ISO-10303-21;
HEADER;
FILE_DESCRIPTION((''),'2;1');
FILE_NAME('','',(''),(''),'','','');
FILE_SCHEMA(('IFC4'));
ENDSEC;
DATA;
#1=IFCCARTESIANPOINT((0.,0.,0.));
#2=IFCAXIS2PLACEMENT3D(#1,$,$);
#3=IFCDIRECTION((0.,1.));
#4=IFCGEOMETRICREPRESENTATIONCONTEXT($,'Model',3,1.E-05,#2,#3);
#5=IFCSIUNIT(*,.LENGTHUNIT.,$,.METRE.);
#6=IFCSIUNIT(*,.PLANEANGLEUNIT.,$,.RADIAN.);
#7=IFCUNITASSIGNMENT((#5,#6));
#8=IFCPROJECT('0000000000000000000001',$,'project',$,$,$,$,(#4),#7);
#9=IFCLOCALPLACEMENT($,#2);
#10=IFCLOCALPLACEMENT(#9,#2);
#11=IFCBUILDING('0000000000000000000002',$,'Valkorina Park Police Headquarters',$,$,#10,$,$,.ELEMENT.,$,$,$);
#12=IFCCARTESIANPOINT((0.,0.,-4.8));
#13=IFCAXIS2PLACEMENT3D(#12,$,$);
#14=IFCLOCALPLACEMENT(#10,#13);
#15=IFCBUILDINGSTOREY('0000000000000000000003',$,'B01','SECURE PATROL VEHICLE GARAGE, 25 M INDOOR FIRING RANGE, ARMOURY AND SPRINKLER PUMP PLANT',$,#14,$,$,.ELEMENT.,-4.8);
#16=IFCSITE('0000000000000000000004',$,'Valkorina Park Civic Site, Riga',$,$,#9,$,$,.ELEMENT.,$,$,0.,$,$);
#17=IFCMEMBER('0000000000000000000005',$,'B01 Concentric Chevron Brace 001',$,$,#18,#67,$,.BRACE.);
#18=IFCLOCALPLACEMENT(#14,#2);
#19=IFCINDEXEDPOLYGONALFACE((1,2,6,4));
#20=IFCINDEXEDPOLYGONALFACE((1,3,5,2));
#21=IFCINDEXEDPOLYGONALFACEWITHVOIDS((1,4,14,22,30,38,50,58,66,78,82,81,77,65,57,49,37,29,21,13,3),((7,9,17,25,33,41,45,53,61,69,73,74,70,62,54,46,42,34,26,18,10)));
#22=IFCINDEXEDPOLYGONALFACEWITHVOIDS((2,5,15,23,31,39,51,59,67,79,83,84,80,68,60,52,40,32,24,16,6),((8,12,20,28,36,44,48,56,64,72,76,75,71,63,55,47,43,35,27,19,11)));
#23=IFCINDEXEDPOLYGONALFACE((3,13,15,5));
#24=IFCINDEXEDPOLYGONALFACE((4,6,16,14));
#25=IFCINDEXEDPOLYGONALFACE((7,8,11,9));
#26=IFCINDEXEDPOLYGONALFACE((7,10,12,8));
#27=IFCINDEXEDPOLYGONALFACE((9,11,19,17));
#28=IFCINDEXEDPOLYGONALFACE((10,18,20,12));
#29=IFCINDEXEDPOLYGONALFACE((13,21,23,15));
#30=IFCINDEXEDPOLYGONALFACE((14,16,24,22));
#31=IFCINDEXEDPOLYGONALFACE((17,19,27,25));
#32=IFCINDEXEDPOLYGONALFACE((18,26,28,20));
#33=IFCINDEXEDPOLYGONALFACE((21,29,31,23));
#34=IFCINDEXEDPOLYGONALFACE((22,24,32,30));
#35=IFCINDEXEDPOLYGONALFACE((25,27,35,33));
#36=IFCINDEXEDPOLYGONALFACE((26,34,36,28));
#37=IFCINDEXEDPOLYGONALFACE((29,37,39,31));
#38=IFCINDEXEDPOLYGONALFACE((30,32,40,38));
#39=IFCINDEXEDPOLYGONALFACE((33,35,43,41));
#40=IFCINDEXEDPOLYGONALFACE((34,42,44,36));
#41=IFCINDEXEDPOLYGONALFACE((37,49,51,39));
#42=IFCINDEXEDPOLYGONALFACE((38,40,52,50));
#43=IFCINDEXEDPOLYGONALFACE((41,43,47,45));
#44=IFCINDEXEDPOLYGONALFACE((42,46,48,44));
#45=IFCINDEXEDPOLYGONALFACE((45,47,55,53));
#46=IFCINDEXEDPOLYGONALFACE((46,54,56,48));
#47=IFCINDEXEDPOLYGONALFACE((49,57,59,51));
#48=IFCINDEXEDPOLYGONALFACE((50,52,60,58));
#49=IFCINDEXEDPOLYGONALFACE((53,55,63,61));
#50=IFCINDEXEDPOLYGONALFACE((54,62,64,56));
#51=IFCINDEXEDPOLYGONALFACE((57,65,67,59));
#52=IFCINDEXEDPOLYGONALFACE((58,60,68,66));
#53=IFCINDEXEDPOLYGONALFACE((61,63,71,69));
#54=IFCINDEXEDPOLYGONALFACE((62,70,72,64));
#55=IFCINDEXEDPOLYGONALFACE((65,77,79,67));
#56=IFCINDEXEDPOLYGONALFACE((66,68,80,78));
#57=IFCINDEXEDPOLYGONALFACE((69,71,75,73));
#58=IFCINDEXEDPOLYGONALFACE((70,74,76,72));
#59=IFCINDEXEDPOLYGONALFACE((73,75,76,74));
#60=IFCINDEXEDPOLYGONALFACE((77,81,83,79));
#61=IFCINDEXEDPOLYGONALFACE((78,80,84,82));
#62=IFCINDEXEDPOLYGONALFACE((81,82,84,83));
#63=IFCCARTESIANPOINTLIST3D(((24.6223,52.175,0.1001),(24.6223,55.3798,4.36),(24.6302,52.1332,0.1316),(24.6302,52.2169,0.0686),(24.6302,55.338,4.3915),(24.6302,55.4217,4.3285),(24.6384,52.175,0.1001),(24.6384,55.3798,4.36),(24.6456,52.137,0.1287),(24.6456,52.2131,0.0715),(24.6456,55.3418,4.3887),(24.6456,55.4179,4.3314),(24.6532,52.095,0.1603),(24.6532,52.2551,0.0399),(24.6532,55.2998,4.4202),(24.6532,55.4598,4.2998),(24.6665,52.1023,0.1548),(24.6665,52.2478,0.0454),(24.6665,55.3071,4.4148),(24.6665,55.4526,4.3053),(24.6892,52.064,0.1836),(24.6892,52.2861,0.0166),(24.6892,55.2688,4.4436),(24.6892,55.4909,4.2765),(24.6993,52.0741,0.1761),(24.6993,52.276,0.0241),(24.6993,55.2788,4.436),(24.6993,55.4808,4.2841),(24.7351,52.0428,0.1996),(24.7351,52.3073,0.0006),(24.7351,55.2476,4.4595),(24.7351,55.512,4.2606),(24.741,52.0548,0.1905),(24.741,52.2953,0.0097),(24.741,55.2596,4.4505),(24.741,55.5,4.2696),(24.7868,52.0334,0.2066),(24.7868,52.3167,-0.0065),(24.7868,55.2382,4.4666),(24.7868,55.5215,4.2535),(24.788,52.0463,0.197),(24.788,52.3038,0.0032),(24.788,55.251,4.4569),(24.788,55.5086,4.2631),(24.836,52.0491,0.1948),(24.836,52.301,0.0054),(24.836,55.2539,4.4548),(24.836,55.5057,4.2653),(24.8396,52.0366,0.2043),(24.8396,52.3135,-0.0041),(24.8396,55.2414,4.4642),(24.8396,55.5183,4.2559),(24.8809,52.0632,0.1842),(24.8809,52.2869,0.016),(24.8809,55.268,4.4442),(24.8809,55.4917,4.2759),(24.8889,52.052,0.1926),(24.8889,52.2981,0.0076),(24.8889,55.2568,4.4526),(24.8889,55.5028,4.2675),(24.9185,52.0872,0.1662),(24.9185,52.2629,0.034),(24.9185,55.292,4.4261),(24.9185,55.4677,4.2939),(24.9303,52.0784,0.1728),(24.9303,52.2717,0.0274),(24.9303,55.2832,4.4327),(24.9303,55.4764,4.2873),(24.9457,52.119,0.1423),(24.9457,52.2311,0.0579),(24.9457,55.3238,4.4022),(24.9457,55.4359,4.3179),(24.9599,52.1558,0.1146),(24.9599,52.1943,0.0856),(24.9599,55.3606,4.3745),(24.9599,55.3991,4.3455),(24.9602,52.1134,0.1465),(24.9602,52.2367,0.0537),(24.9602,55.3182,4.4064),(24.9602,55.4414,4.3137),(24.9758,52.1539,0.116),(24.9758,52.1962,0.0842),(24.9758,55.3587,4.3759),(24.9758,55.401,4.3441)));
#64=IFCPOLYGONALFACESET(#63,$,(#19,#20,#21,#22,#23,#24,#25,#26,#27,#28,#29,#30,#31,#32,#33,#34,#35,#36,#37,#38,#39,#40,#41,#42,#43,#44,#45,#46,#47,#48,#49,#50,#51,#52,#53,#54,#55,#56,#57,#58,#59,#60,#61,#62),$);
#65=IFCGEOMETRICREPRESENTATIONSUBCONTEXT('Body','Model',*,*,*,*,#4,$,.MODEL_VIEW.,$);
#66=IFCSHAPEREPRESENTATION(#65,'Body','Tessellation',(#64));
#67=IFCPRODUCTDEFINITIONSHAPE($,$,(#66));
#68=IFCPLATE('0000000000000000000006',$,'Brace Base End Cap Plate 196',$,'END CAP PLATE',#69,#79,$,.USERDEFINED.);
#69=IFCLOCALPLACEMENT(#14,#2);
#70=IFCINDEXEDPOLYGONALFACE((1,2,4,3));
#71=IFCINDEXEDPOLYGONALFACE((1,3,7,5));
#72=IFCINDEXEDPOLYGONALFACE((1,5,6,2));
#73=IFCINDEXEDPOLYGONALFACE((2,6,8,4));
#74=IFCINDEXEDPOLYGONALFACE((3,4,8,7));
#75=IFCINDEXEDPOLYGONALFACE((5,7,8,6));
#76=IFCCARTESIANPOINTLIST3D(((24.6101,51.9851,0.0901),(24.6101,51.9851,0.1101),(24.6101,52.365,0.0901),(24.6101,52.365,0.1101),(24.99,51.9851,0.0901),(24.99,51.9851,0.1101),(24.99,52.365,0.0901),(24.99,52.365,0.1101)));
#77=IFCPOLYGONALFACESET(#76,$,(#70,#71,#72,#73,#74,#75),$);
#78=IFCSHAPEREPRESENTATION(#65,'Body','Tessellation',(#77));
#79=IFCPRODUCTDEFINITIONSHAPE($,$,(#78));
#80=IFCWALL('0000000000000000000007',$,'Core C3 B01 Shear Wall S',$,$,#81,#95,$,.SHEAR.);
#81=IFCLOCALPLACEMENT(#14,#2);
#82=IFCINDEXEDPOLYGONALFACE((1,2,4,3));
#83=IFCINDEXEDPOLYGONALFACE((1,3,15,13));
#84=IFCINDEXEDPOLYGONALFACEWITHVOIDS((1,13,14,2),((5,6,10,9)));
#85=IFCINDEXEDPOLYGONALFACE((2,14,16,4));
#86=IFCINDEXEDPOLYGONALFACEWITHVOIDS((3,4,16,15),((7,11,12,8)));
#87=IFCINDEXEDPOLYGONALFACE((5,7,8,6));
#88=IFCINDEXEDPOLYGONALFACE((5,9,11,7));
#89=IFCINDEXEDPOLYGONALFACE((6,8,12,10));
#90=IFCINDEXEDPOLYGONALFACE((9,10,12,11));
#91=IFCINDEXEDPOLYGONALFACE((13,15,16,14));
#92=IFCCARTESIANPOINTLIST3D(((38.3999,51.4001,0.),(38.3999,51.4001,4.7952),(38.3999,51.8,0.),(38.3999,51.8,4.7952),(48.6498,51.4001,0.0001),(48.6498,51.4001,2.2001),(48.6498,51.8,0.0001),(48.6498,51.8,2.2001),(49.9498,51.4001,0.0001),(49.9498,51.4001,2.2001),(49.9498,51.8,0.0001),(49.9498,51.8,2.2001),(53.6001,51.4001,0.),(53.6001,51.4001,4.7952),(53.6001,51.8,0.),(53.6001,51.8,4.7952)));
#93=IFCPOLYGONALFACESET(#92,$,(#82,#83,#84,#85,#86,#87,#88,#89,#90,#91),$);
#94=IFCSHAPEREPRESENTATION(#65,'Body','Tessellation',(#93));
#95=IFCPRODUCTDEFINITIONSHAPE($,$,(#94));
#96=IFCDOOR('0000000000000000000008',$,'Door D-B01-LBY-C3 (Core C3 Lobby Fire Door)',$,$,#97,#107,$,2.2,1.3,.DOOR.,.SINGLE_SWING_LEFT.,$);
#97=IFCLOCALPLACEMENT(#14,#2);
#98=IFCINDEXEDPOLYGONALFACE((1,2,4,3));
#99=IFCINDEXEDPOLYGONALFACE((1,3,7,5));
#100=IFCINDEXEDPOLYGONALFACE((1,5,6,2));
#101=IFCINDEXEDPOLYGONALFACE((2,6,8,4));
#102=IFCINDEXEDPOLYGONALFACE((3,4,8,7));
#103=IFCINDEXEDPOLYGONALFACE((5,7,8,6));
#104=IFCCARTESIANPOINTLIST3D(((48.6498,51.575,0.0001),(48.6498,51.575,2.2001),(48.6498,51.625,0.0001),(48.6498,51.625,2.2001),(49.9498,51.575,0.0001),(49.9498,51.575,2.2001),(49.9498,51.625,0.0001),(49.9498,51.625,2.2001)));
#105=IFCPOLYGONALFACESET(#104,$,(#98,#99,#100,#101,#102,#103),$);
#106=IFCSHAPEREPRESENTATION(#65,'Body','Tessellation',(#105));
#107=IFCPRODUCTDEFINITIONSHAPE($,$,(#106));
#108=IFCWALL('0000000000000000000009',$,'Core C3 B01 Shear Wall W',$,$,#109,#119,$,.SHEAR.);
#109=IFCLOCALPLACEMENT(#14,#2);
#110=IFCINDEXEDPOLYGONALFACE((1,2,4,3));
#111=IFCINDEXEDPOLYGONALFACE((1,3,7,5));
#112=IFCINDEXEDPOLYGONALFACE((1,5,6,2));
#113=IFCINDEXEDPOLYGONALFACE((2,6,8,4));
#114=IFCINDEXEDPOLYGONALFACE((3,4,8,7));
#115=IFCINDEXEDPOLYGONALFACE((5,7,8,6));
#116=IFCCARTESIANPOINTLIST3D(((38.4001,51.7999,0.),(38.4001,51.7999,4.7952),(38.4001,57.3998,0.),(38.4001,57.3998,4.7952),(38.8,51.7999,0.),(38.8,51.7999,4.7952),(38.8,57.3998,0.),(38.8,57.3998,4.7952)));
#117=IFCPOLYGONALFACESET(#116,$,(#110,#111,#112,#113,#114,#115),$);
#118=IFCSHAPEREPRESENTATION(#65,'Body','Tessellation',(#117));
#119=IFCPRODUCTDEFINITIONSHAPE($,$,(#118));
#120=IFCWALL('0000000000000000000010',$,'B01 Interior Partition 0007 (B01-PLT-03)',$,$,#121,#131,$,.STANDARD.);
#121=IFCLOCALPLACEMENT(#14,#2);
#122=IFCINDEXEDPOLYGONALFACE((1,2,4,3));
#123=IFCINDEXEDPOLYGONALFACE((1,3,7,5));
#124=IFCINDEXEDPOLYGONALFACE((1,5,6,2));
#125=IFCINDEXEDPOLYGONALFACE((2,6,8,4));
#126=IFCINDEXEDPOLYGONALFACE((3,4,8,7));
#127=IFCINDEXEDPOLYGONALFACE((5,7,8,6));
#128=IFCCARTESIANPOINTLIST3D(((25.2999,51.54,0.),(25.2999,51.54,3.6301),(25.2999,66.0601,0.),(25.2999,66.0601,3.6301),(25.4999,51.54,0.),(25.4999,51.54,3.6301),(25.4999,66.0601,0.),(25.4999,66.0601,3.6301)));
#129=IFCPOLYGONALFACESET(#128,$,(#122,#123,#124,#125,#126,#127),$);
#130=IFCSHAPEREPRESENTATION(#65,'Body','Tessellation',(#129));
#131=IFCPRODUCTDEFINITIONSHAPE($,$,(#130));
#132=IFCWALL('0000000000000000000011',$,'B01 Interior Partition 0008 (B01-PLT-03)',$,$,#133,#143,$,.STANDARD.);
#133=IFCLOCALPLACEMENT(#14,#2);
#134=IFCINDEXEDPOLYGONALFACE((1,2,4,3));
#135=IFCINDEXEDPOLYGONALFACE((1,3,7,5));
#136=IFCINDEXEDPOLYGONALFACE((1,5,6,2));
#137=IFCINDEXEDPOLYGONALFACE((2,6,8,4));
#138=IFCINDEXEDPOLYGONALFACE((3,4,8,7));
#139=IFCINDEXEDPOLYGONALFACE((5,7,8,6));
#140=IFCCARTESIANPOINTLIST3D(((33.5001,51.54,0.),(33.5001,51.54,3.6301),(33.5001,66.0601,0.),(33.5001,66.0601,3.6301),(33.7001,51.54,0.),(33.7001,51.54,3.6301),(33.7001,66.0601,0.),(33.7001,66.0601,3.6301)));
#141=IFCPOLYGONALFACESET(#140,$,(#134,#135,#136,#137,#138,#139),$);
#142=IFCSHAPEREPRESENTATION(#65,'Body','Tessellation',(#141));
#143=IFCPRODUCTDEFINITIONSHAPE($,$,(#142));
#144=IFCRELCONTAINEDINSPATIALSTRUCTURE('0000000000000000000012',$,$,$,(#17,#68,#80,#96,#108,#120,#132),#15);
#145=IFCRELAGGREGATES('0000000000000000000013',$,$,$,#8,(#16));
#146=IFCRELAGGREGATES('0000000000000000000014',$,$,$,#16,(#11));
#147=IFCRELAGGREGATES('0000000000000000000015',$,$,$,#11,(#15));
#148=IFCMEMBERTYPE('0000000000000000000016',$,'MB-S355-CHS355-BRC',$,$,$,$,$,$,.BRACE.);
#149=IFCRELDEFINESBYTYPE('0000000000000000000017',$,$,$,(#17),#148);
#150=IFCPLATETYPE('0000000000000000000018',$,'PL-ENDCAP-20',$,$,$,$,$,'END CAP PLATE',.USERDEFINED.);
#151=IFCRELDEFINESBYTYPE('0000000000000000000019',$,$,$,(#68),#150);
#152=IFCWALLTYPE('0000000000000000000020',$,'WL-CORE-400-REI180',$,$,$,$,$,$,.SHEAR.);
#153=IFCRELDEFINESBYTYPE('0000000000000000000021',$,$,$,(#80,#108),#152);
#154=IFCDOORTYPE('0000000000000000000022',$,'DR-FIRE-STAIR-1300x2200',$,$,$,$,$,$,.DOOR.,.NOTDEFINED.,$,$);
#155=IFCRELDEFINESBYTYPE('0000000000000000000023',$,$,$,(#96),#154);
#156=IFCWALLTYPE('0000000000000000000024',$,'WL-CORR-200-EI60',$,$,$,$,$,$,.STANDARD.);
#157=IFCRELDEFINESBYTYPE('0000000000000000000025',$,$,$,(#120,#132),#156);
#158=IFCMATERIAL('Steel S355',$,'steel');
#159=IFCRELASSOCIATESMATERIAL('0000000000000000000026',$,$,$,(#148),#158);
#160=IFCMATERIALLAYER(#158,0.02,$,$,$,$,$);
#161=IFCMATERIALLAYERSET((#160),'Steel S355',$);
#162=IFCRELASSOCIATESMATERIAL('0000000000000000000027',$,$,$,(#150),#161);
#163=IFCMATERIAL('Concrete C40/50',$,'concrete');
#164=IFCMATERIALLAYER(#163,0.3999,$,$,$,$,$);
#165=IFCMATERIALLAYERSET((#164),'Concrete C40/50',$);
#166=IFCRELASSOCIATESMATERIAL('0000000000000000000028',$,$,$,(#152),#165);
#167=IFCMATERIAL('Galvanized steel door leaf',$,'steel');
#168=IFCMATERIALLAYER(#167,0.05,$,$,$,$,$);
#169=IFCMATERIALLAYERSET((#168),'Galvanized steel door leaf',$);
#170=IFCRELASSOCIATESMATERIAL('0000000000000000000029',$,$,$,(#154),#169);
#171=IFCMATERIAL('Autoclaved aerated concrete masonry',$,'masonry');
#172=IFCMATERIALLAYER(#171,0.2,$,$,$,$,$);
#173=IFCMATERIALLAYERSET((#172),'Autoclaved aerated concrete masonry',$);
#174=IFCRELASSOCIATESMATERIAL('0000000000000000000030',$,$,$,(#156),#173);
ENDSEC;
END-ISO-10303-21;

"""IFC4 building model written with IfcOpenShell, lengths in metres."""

from ifc_helpers import new_model, si_unit, direction, frame, frame_2d, origin, origin_2d, place, context, subcontext, project, spatial, rectangle, hollow_circle, extrude, material, layer, layer_set, material_profile, profile_set, type_object, element, fill, save


model = new_model("IFC4")

# Units and contexts
model_context = context("Model", 3, precision=1e-05, world=origin(), true_north=direction((0.0, 1.0)))
body_context = subcontext(model_context, "Body", "Model", "MODEL_VIEW")
ifc_project = project(units=[si_unit("LENGTHUNIT", "METRE"), si_unit("PLANEANGLEUNIT", "RADIAN")], contexts=[model_context])

# Site, building, storey
site_placement = place(None, origin())
site = spatial("IfcSite", under=ifc_project, at=site_placement, Name="Valkorina Park Civic Site, Riga", CompositionType="ELEMENT", RefElevation=0.0)
building_placement = place(site_placement, origin())
building = spatial("IfcBuilding", under=site, at=building_placement, Name="Valkorina Park Police Headquarters", CompositionType="ELEMENT")
storey_placement = place(building_placement, frame((0.0, 0.0, -4.8)))
storey = spatial("IfcBuildingStorey", under=building, at=storey_placement, Name="B01", Description="SECURE PATROL VEHICLE GARAGE, 25 M INDOOR FIRING RANGE, ARMOURY AND SPRINKLER PUMP PLANT", CompositionType="ELEMENT", Elevation=-4.8)

# Shared definitions
ifc_material_1 = material(Name="Concrete C40/50", Category="concrete")

# Shared definitions
ifc_material_2 = material(Name="Steel S355", Category="steel")

# Member
ifc_material_profile_1 = material_profile(ifc_material_2, hollow_circle(Radius=0.1777, WallThickness=0.0161, at=origin_2d()), Name="CHS 355.6x16")
ifc_profile_set_1 = profile_set([ifc_material_profile_1], Name="Steel S355")
member_type = type_object("IfcMemberType", Name="MB-S355-CHS355-BRC", PredefinedType="BRACE", material=ifc_profile_set_1)
member_placement = place(storey_placement, frame((24.8, 52.175, 0.1001), z_axis=(0.0, 0.601179, 0.799114), x_axis=(-1.0, 0.0, 0.0)))
element("IfcMember", 1, at=member_placement, inside=storey, type_object=member_type, Name="B01 Concentric Chevron Brace 001", PredefinedType="BRACE", context=body_context, shape_type="SweptSolid", body=[
    extrude(hollow_circle(Radius=0.1777, WallThickness=0.0161, at=origin_2d()), origin(), (0.0, 0.0, 1.0), 5.3308),
])

# Plate
ifc_layer_1 = layer(ifc_material_2, 0.02)
ifc_layer_set_1 = layer_set([ifc_layer_1], Name="Steel S355")
plate_type = type_object("IfcPlateType", Name="PL-ENDCAP-20", ElementType="END CAP PLATE", PredefinedType="USERDEFINED", material=ifc_layer_set_1)
plate_placement = place(storey_placement, frame((24.8, 52.175, 0.0901), z_axis=(0.0, 0.0, 1.0), x_axis=(1.0, 0.0, 0.0)))
element("IfcPlate", 2, at=plate_placement, inside=storey, type_object=plate_type, Name="Brace Base End Cap Plate 196", ObjectType="END CAP PLATE", PredefinedType="USERDEFINED", context=body_context, shape_type="SweptSolid", body=[
    extrude(rectangle(XDim=0.3799, YDim=0.3799, at=origin_2d()), origin(), (0.0, 0.0, 1.0), 0.02),
])

# Wall, opening, door
ifc_layer_2 = layer(ifc_material_1, 0.3999)
ifc_layer_set_2 = layer_set([ifc_layer_2], Name="Concrete C40/50")
wall_type_1 = type_object("IfcWallType", Name="WL-CORE-400-REI180", PredefinedType="SHEAR", material=ifc_layer_set_2)
wall_1_placement = place(storey_placement, frame((38.3999, 51.6001, 0.0), z_axis=(0.0, 0.0, 1.0), x_axis=(1.0, 0.0, 0.0)))
wall_1 = element("IfcWall", 3, at=wall_1_placement, inside=storey, type_object=wall_type_1, Name="Core C3 B01 Shear Wall S", PredefinedType="SHEAR", context=body_context, shape_type="SweptSolid", body=[
    extrude(rectangle(XDim=15.2002, YDim=0.3999, at=frame_2d((7.6001, 0.0))), origin(), (0.0, 0.0, 1.0), 4.7952),
])
opening_1_placement = place(wall_1_placement, frame((10.25, 0.0, 0.0)))
opening_1 = element("IfcOpeningElement", 4, at=opening_1_placement, cuts=wall_1, PredefinedType="OPENING", context=body_context, shape_type="SweptSolid", body=[
    extrude(rectangle(XDim=1.3, YDim=2.2, at=frame_2d((0.6499, 1.1001))), frame((0.0, 0.21, 0.0), z_axis=(0.0, -1.0, 0.0), x_axis=(1.0, 0.0, 0.0)), (0.0, 0.0, 1.0), 0.4199),
])
ifc_material_3 = material(Name="Galvanized steel door leaf", Category="steel")
ifc_layer_3 = layer(ifc_material_3, 0.05)
ifc_layer_set_3 = layer_set([ifc_layer_3], Name="Galvanized steel door leaf")
door_type_1 = type_object("IfcDoorType", Name="DR-FIRE-STAIR-1300x2200", OperationType="NOTDEFINED", PredefinedType="DOOR", material=ifc_layer_set_3)
door_1_placement = place(opening_1_placement, origin())
door_1 = element("IfcDoor", 5, at=door_1_placement, inside=storey, type_object=door_type_1, Name="Door D-B01-LBY-C3 (Core C3 Lobby Fire Door)", OperationType="SINGLE_SWING_LEFT", OverallHeight=2.2, OverallWidth=1.3, PredefinedType="DOOR", context=body_context, shape_type="SweptSolid", body=[
    extrude(rectangle(XDim=1.3, YDim=2.2, at=frame_2d((0.6499, 1.1001))), frame((0.0, 0.0249, 0.0), z_axis=(0.0, -1.0, 0.0), x_axis=(1.0, 0.0, 0.0)), (0.0, 0.0, 1.0), 0.05),
])
fill(opening_1, door_1)

# Wall
wall_2_placement = place(storey_placement, frame((38.6001, 51.8, 0.0), z_axis=(0.0, 0.0, 1.0), x_axis=(0.0, 1.0, 0.0)))
element("IfcWall", 6, at=wall_2_placement, inside=storey, type_object=wall_type_1, Name="Core C3 B01 Shear Wall W", PredefinedType="SHEAR", context=body_context, shape_type="SweptSolid", body=[
    extrude(rectangle(XDim=5.5999, YDim=0.3999, at=frame_2d((2.7998, 0.0))), origin(), (0.0, 0.0, 1.0), 4.7952),
])

# Shared definitions
ifc_material_4 = material(Name="Autoclaved aerated concrete masonry", Category="masonry")
ifc_layer_4 = layer(ifc_material_4, 0.2)
ifc_layer_set_4 = layer_set([ifc_layer_4], Name="Autoclaved aerated concrete masonry")
wall_type_2 = type_object("IfcWallType", Name="WL-CORR-200-EI60", PredefinedType="STANDARD", material=ifc_layer_set_4)

# Walls
for number, where, z_axis, x_axis, name in (
    (7, (25.3999, 51.54, 0.0), (0.0, 0.0, 1.0), (0.0, 1.0, 0.0), "B01 Interior Partition 0007 (B01-PLT-03)"),
    (8, (33.6001, 51.54, 0.0), (0.0, 0.0, 1.0), (0.0, 1.0, 0.0), "B01 Interior Partition 0008 (B01-PLT-03)"),
):
    element("IfcWall", number, at=place(storey_placement, frame(where, z_axis=z_axis, x_axis=x_axis)), inside=storey, type_object=wall_type_2, Name=name, PredefinedType="STANDARD", context=body_context, shape_type="SweptSolid", body=[
        extrude(rectangle(XDim=14.52, YDim=0.2, at=frame_2d((7.26, 0.0))), origin(), (0.0, 0.0, 1.0), 3.6301),
    ])

save(model, "model.ifc")
